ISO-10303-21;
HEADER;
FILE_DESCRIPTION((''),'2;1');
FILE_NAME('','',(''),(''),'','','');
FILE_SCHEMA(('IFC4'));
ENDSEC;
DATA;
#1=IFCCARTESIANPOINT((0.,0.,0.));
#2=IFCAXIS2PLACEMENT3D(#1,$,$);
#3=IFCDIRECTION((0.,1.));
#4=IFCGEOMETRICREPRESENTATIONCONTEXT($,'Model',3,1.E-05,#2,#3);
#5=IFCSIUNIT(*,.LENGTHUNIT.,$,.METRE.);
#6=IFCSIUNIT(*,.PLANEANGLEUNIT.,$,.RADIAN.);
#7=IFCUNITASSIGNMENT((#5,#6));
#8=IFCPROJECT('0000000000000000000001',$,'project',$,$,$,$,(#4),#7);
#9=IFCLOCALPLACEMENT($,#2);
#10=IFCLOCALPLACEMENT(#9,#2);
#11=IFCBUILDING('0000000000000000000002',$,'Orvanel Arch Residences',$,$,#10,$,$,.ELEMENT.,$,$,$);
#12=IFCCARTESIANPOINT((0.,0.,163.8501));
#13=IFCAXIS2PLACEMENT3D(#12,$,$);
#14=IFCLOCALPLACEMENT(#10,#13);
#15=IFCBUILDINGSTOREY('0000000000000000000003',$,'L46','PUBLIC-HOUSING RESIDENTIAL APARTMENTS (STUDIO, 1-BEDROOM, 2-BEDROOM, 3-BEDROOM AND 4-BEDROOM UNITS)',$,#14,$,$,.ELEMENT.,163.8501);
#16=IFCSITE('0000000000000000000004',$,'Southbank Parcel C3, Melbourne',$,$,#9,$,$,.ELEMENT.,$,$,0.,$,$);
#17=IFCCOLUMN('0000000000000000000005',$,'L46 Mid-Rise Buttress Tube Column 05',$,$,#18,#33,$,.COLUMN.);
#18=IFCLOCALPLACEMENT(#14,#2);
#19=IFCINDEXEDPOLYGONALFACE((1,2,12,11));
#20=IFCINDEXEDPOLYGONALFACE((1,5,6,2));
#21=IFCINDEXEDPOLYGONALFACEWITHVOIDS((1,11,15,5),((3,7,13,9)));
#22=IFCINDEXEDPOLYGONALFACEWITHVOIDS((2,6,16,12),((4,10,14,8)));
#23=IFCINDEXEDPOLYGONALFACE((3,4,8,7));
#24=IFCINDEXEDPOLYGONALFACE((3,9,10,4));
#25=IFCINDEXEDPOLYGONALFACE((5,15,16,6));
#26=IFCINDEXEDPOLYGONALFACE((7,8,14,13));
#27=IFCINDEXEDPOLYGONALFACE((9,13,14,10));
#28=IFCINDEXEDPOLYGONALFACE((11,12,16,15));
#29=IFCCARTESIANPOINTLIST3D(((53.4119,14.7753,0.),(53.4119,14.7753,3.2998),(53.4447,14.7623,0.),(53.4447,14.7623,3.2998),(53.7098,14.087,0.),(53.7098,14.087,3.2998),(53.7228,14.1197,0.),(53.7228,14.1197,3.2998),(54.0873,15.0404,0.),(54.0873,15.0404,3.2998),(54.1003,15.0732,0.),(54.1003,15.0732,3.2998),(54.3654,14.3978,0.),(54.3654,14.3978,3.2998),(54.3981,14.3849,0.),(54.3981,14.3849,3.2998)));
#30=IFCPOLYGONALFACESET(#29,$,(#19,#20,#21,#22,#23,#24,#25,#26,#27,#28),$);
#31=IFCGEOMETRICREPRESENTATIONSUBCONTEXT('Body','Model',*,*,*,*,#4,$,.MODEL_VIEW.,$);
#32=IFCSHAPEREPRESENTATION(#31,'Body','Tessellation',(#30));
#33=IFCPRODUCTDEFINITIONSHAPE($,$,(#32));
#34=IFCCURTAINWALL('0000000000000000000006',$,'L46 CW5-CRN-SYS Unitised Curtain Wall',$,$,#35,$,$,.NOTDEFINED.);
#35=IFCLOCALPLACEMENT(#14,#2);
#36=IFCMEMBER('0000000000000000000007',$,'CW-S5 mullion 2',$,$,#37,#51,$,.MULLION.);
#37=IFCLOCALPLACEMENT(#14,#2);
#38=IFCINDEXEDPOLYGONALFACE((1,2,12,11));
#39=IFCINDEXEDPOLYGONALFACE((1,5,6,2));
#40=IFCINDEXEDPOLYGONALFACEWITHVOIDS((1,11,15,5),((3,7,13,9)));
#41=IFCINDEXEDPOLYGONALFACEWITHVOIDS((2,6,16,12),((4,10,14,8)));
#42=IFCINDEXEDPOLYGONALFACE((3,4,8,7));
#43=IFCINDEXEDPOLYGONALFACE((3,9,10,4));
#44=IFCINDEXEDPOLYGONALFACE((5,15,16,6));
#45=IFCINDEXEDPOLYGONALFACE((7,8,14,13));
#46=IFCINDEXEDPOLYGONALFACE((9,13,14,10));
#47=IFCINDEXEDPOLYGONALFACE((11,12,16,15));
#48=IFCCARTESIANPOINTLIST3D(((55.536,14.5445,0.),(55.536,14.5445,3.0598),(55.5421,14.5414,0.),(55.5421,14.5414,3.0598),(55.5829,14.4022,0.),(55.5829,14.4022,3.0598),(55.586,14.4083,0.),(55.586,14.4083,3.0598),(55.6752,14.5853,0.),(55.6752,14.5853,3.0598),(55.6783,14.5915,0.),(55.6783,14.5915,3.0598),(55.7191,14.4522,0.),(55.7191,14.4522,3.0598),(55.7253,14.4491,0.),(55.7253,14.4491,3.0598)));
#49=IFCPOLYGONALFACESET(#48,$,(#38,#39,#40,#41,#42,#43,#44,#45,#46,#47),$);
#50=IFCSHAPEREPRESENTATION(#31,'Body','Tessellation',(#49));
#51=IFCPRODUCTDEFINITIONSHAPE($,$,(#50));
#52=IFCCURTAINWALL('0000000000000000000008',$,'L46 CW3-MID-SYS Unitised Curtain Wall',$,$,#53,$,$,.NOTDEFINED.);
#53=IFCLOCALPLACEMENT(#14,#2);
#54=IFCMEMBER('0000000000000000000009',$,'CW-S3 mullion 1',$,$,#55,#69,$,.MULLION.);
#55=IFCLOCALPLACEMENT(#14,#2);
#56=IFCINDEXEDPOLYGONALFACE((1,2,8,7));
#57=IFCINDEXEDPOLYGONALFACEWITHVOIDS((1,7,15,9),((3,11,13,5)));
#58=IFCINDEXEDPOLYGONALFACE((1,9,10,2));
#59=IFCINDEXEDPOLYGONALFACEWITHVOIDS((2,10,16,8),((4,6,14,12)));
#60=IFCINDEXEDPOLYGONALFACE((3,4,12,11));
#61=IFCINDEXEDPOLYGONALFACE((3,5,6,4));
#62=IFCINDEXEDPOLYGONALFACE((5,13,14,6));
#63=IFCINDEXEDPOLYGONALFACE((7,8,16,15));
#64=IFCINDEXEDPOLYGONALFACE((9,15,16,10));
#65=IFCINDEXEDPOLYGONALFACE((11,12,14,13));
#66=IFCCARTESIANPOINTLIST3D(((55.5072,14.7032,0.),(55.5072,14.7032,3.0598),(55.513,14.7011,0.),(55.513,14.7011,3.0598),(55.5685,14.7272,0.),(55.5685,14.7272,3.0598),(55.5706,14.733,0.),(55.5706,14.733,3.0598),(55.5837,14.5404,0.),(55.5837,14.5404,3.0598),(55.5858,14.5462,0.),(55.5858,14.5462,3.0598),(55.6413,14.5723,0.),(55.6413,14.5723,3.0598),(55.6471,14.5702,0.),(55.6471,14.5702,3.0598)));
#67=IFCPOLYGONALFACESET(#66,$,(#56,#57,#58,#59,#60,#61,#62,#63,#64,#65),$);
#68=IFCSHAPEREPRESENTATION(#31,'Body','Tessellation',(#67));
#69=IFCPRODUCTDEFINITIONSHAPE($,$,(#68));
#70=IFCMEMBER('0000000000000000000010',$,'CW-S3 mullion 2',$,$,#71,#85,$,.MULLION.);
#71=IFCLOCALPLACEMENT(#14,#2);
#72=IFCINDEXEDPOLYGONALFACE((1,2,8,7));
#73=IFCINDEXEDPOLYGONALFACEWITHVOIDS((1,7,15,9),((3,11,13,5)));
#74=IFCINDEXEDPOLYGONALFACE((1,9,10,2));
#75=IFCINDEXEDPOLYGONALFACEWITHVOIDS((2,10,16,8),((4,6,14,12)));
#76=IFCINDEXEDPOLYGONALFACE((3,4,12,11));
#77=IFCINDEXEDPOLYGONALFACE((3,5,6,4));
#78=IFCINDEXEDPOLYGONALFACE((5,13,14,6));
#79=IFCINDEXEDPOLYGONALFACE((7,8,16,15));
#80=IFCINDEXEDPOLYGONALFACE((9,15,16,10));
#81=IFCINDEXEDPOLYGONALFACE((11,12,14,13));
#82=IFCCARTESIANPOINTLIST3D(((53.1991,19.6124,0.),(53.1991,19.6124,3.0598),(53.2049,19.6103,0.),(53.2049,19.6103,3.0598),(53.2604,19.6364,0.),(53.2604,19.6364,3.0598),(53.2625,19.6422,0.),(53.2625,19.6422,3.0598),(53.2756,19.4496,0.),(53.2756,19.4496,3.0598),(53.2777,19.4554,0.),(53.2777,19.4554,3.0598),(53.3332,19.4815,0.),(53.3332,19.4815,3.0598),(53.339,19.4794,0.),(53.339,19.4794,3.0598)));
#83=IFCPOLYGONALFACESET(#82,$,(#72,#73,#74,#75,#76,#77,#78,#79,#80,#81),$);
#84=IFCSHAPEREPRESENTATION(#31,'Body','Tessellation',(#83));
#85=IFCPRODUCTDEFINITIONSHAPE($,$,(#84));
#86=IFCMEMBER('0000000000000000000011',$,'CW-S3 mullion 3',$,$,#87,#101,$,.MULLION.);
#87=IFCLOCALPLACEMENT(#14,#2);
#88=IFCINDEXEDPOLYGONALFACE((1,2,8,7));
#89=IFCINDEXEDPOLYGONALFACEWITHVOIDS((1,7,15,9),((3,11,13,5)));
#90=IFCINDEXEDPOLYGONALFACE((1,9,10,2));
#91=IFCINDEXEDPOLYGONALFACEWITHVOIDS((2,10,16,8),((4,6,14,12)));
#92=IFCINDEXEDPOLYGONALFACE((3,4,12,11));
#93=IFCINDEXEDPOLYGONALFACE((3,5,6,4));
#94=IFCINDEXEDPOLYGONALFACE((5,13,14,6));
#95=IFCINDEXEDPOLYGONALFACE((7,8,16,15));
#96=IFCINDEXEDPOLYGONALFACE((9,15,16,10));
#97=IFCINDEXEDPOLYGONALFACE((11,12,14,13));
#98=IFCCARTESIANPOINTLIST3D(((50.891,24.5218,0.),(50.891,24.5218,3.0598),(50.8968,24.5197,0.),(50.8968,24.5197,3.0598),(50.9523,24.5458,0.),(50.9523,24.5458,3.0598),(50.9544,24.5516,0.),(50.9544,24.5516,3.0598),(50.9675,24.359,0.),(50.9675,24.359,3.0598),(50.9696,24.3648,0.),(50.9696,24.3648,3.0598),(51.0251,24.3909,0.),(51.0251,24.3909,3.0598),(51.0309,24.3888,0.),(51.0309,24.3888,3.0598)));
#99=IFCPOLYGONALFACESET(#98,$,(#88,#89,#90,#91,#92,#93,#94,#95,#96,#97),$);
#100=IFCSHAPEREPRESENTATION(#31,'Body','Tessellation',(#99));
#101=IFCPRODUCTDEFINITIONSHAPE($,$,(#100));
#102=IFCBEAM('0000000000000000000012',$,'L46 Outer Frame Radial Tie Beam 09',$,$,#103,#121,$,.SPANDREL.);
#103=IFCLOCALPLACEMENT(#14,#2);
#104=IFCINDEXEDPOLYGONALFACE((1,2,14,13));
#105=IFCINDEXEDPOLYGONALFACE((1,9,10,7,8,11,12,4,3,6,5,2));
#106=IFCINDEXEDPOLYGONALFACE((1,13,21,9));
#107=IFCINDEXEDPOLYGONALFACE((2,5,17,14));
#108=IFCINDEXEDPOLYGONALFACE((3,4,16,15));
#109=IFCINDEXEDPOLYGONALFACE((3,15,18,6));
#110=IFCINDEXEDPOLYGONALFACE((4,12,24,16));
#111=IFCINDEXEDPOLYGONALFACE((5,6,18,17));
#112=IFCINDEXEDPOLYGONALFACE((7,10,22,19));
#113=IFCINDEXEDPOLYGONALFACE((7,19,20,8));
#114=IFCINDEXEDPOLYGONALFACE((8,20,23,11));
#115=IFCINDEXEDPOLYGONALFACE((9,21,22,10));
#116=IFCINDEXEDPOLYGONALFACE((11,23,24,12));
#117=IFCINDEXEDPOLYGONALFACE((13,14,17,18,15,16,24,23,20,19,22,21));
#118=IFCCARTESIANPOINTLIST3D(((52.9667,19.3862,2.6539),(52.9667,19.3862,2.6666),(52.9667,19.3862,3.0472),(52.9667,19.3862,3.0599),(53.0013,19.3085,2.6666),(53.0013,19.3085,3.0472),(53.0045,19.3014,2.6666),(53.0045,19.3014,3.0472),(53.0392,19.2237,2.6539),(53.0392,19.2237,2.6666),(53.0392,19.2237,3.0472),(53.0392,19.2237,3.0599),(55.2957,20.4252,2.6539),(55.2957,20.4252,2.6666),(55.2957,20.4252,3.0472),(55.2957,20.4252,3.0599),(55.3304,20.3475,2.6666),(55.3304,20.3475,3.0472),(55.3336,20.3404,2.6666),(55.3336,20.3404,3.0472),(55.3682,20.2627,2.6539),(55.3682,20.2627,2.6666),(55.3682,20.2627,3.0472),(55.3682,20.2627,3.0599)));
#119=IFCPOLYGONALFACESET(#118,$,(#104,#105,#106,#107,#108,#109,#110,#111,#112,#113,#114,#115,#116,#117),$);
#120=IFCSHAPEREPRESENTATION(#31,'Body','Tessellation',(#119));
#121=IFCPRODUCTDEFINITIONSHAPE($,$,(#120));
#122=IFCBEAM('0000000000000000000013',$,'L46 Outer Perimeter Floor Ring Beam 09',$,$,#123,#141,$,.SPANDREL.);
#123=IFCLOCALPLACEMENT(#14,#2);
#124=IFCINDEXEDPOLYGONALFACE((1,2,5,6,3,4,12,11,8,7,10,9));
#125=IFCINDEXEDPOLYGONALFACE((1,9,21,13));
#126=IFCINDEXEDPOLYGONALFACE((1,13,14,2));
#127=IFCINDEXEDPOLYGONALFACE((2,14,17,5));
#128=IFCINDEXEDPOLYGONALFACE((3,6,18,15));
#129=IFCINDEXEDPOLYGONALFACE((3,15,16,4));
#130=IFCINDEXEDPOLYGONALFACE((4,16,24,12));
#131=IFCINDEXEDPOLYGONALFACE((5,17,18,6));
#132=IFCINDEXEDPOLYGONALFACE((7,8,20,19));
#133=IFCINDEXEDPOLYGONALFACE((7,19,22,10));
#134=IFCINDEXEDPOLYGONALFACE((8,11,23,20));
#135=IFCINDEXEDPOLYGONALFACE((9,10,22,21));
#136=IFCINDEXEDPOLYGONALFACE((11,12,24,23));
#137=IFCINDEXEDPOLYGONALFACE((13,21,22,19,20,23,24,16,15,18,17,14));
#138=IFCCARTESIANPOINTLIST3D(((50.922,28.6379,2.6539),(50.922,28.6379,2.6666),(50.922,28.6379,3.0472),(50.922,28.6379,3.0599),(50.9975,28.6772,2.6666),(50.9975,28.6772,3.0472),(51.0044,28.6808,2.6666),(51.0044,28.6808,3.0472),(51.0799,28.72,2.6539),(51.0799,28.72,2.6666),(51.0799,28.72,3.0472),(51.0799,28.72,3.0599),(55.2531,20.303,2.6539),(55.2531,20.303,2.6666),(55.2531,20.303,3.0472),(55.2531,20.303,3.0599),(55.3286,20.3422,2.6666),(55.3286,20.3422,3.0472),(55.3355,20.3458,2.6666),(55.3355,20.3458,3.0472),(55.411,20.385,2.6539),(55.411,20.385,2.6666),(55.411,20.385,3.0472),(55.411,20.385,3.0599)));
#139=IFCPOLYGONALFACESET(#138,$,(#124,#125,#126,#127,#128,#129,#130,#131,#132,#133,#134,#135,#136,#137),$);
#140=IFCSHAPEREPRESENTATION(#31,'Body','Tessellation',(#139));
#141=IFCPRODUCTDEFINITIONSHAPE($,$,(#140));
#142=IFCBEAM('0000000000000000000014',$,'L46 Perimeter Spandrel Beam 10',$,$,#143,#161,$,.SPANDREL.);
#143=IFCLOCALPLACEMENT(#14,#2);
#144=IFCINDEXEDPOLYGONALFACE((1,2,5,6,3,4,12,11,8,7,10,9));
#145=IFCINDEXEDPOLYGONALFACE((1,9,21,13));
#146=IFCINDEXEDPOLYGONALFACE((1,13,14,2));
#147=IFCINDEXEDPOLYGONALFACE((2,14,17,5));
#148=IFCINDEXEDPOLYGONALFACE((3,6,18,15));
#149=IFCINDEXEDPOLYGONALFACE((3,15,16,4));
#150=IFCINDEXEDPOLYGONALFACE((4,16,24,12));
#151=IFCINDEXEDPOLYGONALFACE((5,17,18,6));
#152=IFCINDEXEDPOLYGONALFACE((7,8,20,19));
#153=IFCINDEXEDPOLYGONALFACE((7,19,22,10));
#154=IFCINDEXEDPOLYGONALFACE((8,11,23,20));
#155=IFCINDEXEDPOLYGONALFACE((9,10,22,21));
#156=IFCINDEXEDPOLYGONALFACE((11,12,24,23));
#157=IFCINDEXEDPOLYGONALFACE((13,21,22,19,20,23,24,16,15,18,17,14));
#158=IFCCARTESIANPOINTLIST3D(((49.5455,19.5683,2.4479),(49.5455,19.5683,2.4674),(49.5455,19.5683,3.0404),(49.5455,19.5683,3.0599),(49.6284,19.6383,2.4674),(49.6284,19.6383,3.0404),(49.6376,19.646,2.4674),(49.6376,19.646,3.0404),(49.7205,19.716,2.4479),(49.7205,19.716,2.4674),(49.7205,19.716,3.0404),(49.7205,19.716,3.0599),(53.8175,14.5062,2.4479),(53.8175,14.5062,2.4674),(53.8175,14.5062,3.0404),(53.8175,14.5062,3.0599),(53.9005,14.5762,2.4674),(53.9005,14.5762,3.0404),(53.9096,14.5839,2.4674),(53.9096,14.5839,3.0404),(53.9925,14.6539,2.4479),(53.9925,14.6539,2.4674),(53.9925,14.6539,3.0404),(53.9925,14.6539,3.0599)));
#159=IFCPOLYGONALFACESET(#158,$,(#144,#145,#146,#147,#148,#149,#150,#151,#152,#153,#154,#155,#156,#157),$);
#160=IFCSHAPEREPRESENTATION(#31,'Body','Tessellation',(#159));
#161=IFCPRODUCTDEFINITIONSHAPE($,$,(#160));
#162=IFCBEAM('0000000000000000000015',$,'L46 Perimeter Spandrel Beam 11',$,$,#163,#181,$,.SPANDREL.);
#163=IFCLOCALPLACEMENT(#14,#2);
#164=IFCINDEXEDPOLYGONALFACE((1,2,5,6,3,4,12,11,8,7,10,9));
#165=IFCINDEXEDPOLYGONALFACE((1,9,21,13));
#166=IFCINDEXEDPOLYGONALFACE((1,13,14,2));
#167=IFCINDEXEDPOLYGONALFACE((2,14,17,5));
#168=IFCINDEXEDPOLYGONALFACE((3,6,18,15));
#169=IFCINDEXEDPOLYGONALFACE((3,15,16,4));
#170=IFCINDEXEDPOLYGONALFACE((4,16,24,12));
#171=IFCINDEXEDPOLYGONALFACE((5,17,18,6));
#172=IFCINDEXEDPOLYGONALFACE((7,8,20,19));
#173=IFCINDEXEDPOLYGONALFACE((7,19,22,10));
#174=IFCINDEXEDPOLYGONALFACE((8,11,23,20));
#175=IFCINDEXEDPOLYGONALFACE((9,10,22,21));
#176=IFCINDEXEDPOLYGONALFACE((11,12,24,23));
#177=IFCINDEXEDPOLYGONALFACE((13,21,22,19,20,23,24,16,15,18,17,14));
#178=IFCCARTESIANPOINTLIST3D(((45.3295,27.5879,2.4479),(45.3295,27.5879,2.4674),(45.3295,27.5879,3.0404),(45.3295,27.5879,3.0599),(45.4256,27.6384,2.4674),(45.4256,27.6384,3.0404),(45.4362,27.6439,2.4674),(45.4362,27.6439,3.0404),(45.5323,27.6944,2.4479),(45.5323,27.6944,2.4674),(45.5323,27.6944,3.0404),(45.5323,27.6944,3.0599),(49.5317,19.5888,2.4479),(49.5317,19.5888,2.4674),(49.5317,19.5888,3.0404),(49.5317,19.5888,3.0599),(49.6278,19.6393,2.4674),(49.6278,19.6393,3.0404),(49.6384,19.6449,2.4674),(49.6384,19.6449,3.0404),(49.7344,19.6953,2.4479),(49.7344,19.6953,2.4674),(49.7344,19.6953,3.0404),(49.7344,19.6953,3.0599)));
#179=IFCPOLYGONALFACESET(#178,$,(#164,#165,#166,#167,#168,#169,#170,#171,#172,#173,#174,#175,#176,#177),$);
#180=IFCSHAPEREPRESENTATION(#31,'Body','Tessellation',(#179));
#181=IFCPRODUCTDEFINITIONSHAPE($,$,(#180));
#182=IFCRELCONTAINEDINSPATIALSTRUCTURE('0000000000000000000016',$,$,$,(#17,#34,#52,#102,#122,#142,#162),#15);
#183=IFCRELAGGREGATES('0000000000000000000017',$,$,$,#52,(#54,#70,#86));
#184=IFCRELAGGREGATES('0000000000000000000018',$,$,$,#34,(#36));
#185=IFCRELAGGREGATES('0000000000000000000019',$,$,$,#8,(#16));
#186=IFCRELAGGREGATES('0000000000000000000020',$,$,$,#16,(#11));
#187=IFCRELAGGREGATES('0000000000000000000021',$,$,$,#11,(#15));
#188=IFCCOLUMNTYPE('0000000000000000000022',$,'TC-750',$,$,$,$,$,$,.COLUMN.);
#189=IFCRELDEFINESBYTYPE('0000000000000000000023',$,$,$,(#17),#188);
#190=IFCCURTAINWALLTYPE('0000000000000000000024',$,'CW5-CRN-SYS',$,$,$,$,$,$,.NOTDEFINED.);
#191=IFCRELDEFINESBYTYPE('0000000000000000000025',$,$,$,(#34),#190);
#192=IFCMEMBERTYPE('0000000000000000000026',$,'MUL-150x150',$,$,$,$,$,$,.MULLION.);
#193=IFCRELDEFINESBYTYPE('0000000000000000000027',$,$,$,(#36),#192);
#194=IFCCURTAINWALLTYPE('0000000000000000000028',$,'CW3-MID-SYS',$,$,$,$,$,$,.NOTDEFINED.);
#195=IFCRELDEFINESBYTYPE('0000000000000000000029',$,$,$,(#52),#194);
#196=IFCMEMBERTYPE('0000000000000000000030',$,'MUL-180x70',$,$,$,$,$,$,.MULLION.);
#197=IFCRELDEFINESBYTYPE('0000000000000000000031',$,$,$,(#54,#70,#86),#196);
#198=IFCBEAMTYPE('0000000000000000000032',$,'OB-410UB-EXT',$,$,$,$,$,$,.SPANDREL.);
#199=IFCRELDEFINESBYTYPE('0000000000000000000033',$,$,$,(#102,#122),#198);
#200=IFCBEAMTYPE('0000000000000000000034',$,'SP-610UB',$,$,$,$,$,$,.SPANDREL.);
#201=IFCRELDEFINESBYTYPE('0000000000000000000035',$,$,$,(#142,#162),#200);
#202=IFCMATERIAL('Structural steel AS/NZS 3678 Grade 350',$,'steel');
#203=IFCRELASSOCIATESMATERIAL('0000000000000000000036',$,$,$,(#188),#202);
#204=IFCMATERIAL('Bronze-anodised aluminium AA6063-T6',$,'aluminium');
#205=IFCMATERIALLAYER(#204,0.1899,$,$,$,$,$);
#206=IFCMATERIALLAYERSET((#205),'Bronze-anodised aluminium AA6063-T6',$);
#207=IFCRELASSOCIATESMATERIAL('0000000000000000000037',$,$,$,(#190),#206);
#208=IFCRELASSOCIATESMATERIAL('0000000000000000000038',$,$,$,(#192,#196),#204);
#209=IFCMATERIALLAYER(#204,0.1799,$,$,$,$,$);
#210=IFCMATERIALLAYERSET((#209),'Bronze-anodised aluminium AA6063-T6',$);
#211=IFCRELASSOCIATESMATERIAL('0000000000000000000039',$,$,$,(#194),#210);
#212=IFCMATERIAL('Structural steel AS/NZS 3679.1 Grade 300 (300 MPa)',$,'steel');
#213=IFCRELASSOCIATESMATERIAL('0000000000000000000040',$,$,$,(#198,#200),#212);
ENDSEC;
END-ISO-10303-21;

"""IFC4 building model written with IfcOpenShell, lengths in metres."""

from ifc_helpers import new_model, si_unit, direction, frame, origin, origin_2d, place, context, subcontext, project, spatial, hollow_rectangle, i_section, extrude, material, layer, layer_set, material_profile, profile_set, type_object, element, aggregate, save


model = new_model("IFC4")

# Units and contexts
model_context = context("Model", 3, precision=1e-05, world=origin(), true_north=direction((0.0, 1.0)))
body_context = subcontext(model_context, "Body", "Model", "MODEL_VIEW")
ifc_project = project(units=[si_unit("LENGTHUNIT", "METRE"), si_unit("PLANEANGLEUNIT", "RADIAN")], contexts=[model_context])

# Site, building, storey
site_placement = place(None, origin())
site = spatial("IfcSite", under=ifc_project, at=site_placement, Name="Southbank Parcel C3, Melbourne", CompositionType="ELEMENT", RefElevation=0.0)
building_placement = place(site_placement, origin())
building = spatial("IfcBuilding", under=site, at=building_placement, Name="Orvanel Arch Residences", CompositionType="ELEMENT")
storey_placement = place(building_placement, frame((0.0, 0.0, 163.8501)))
storey = spatial("IfcBuildingStorey", under=building, at=storey_placement, Name="L46", Description="PUBLIC-HOUSING RESIDENTIAL APARTMENTS (STUDIO, 1-BEDROOM, 2-BEDROOM, 3-BEDROOM AND 4-BEDROOM UNITS)", CompositionType="ELEMENT", Elevation=163.8501)

# Column
ifc_material_1 = material(Name="Structural steel AS/NZS 3678 Grade 350", Category="steel")
ifc_material_profile_1 = material_profile(ifc_material_1, hollow_rectangle(XDim=0.75, YDim=0.75, WallThickness=0.0249, at=origin_2d()), Name="BOX750x750x25")
ifc_profile_set_1 = profile_set([ifc_material_profile_1], Name="Structural steel AS/NZS 3678 Grade 350")
column_type = type_object("IfcColumnType", Name="TC-750", PredefinedType="COLUMN", material=ifc_profile_set_1)
column_placement = place(storey_placement, frame((53.905, 14.5801, 0.0), z_axis=(0.0, 0.0, 1.0), x_axis=(-0.397148, 0.917755, 0.0)))
element("IfcColumn", 1, at=column_placement, inside=storey, type_object=column_type, Name="L46 Mid-Rise Buttress Tube Column 05", PredefinedType="COLUMN", context=body_context, shape_type="SweptSolid", body=[
    extrude(hollow_rectangle(XDim=0.75, YDim=0.75, WallThickness=0.0249, at=origin_2d()), origin(), (0.0, 0.0, 1.0), 3.2998),
])

# Curtain wall, member
ifc_material_2 = material(Name="Bronze-anodised aluminium AA6063-T6", Category="aluminium")
ifc_layer_1 = layer(ifc_material_2, 0.1899)
ifc_layer_set_1 = layer_set([ifc_layer_1], Name="Bronze-anodised aluminium AA6063-T6")
curtain_wall_type_1 = type_object("IfcCurtainWallType", Name="CW5-CRN-SYS", PredefinedType="NOTDEFINED", material=ifc_layer_set_1)
curtain_wall_1_placement = place(storey_placement, origin())
curtain_wall_1 = element("IfcCurtainWall", 2, at=curtain_wall_1_placement, inside=storey, type_object=curtain_wall_type_1, Name="L46 CW5-CRN-SYS Unitised Curtain Wall", PredefinedType="NOTDEFINED")
ifc_material_profile_2 = material_profile(ifc_material_2, hollow_rectangle(XDim=0.1499, YDim=0.1499, WallThickness=0.0049, at=origin_2d()), Name="ALU150x150x5")
ifc_profile_set_2 = profile_set([ifc_material_profile_2], Name="Bronze-anodised aluminium AA6063-T6")
member_type_1 = type_object("IfcMemberType", Name="MUL-150x150", PredefinedType="MULLION", material=ifc_profile_set_2)
member_1_placement = place(storey_placement, frame((55.6306, 14.4968, 0.0), z_axis=(0.0, 0.0, 1.0), x_axis=(-0.949629, -0.313375, 0.0)))
member_1 = element("IfcMember", 3, at=member_1_placement, type_object=member_type_1, Name="CW-S5 mullion 2", PredefinedType="MULLION", context=body_context, shape_type="SweptSolid", body=[
    extrude(hollow_rectangle(XDim=0.1499, YDim=0.1499, WallThickness=0.0049, at=origin_2d()), origin(), (0.0, 0.0, 1.0), 3.0598),
])

# Curtain wall, members
ifc_layer_2 = layer(ifc_material_2, 0.1799)
ifc_layer_set_2 = layer_set([ifc_layer_2], Name="Bronze-anodised aluminium AA6063-T6")
curtain_wall_type_2 = type_object("IfcCurtainWallType", Name="CW3-MID-SYS", PredefinedType="NOTDEFINED", material=ifc_layer_set_2)
curtain_wall_2_placement = place(storey_placement, origin())
curtain_wall_2 = element("IfcCurtainWall", 4, at=curtain_wall_2_placement, inside=storey, type_object=curtain_wall_type_2, Name="L46 CW3-MID-SYS Unitised Curtain Wall", PredefinedType="NOTDEFINED")
ifc_material_profile_3 = material_profile(ifc_material_2, hollow_rectangle(XDim=0.0701, YDim=0.1799, WallThickness=0.0044, at=origin_2d()), Name="ALU180x70x4.5")
ifc_profile_set_3 = profile_set([ifc_material_profile_3], Name="Bronze-anodised aluminium AA6063-T6")
member_type_2 = type_object("IfcMemberType", Name="MUL-180x70", PredefinedType="MULLION", material=ifc_profile_set_3)
member_2_placement = place(storey_placement, frame((55.5771, 14.6367, 0.0), z_axis=(0.0, 0.0, 1.0), x_axis=(-0.904972, -0.425471, 0.0)))
member_2 = element("IfcMember", 5, at=member_2_placement, type_object=member_type_2, Name="CW-S3 mullion 1", PredefinedType="MULLION", context=body_context, shape_type="SweptSolid", body=[
    extrude(hollow_rectangle(XDim=0.0701, YDim=0.1799, WallThickness=0.0044, at=origin_2d()), origin(), (0.0, 0.0, 1.0), 3.0598),
])
member_3_placement = place(storey_placement, frame((53.269, 19.5459, 0.0), z_axis=(0.0, 0.0, 1.0), x_axis=(-0.904972, -0.425471, 0.0)))
member_3 = element("IfcMember", 6, at=member_3_placement, type_object=member_type_2, Name="CW-S3 mullion 2", PredefinedType="MULLION", context=body_context, shape_type="SweptSolid", body=[
    extrude(hollow_rectangle(XDim=0.0701, YDim=0.1799, WallThickness=0.0044, at=origin_2d()), origin(), (0.0, 0.0, 1.0), 3.0598),
])
member_4_placement = place(storey_placement, frame((50.9609, 24.4553, 0.0), z_axis=(0.0, 0.0, 1.0), x_axis=(-0.904972, -0.425471, 0.0)))
member_4 = element("IfcMember", 7, at=member_4_placement, type_object=member_type_2, Name="CW-S3 mullion 3", PredefinedType="MULLION", context=body_context, shape_type="SweptSolid", body=[
    extrude(hollow_rectangle(XDim=0.0701, YDim=0.1799, WallThickness=0.0044, at=origin_2d()), origin(), (0.0, 0.0, 1.0), 3.0598),
])

# Beams
ifc_material_3 = material(Name="Structural steel AS/NZS 3679.1 Grade 300 (300 MPa)", Category="steel")
ifc_material_profile_4 = material_profile(ifc_material_3, i_section(OverallWidth=0.178, OverallDepth=0.406, WebThickness=0.0078, FlangeThickness=0.0127, at=origin_2d()), Name="410UB59.7")
ifc_profile_set_4 = profile_set([ifc_material_profile_4], Name="Structural steel AS/NZS 3679.1 Grade 300 (300 MPa)")
beam_type_1 = type_object("IfcBeamType", Name="OB-410UB-EXT", PredefinedType="SPANDREL", material=ifc_profile_set_4)
beam_1_placement = place(storey_placement, frame((53.0029, 19.3049, 2.8569), z_axis=(0.913242, 0.407417, 0.0), x_axis=(-0.407417, 0.913242, 0.0)))
element("IfcBeam", 8, at=beam_1_placement, inside=storey, type_object=beam_type_1, Name="L46 Outer Frame Radial Tie Beam 09", PredefinedType="SPANDREL", context=body_context, shape_type="SweptSolid", body=[
    extrude(i_section(OverallWidth=0.178, OverallDepth=0.406, WebThickness=0.0078, FlangeThickness=0.0127, at=origin_2d()), origin(), (0.0, 0.0, 1.0), 2.5503),
])
beam_2_placement = place(storey_placement, frame((55.332, 20.344, 2.8569), z_axis=(-0.461091, 0.887353, 0.0), x_axis=(-0.887353, -0.461091, 0.0)))
element("IfcBeam", 9, at=beam_2_placement, inside=storey, type_object=beam_type_1, Name="L46 Outer Perimeter Floor Ring Beam 09", PredefinedType="SPANDREL", context=body_context, shape_type="SweptSolid", body=[
    extrude(i_section(OverallWidth=0.178, OverallDepth=0.406, WebThickness=0.0078, FlangeThickness=0.0127, at=origin_2d()), origin(), (0.0, 0.0, 1.0), 9.3931),
])
ifc_material_profile_5 = material_profile(ifc_material_3, i_section(OverallWidth=0.229, OverallDepth=0.6121, WebThickness=0.012, FlangeThickness=0.0195, at=origin_2d()), Name="610UB125")
ifc_profile_set_5 = profile_set([ifc_material_profile_5], Name="Structural steel AS/NZS 3679.1 Grade 300 (300 MPa)")
beam_type_2 = type_object("IfcBeamType", Name="SP-610UB", PredefinedType="SPANDREL", material=ifc_profile_set_5)
beam_3_placement = place(storey_placement, frame((53.905, 14.5801, 2.7539), z_axis=(-0.64495, 0.764224, 0.0), x_axis=(-0.764224, -0.64495, 0.0)))
element("IfcBeam", 10, at=beam_3_placement, inside=storey, type_object=beam_type_2, Name="L46 Perimeter Spandrel Beam 10", PredefinedType="SPANDREL", context=body_context, shape_type="SweptSolid", body=[
    extrude(i_section(OverallWidth=0.229, OverallDepth=0.6121, WebThickness=0.012, FlangeThickness=0.0195, at=origin_2d()), origin(), (0.0, 0.0, 1.0), 6.6238),
])
beam_4_placement = place(storey_placement, frame((49.6331, 19.6421, 2.7539), z_axis=(-0.465065, 0.885277, 0.0), x_axis=(-0.885277, -0.465065, 0.0)))
element("IfcBeam", 11, at=beam_4_placement, inside=storey, type_object=beam_type_2, Name="L46 Perimeter Spandrel Beam 11", PredefinedType="SPANDREL", context=body_context, shape_type="SweptSolid", body=[
    extrude(i_section(OverallWidth=0.229, OverallDepth=0.6121, WebThickness=0.012, FlangeThickness=0.0195, at=origin_2d()), origin(), (0.0, 0.0, 1.0), 9.0356),
])

aggregate(curtain_wall_2, [member_2, member_3, member_4])
aggregate(curtain_wall_1, [member_1])

save(model, "model.ifc")
